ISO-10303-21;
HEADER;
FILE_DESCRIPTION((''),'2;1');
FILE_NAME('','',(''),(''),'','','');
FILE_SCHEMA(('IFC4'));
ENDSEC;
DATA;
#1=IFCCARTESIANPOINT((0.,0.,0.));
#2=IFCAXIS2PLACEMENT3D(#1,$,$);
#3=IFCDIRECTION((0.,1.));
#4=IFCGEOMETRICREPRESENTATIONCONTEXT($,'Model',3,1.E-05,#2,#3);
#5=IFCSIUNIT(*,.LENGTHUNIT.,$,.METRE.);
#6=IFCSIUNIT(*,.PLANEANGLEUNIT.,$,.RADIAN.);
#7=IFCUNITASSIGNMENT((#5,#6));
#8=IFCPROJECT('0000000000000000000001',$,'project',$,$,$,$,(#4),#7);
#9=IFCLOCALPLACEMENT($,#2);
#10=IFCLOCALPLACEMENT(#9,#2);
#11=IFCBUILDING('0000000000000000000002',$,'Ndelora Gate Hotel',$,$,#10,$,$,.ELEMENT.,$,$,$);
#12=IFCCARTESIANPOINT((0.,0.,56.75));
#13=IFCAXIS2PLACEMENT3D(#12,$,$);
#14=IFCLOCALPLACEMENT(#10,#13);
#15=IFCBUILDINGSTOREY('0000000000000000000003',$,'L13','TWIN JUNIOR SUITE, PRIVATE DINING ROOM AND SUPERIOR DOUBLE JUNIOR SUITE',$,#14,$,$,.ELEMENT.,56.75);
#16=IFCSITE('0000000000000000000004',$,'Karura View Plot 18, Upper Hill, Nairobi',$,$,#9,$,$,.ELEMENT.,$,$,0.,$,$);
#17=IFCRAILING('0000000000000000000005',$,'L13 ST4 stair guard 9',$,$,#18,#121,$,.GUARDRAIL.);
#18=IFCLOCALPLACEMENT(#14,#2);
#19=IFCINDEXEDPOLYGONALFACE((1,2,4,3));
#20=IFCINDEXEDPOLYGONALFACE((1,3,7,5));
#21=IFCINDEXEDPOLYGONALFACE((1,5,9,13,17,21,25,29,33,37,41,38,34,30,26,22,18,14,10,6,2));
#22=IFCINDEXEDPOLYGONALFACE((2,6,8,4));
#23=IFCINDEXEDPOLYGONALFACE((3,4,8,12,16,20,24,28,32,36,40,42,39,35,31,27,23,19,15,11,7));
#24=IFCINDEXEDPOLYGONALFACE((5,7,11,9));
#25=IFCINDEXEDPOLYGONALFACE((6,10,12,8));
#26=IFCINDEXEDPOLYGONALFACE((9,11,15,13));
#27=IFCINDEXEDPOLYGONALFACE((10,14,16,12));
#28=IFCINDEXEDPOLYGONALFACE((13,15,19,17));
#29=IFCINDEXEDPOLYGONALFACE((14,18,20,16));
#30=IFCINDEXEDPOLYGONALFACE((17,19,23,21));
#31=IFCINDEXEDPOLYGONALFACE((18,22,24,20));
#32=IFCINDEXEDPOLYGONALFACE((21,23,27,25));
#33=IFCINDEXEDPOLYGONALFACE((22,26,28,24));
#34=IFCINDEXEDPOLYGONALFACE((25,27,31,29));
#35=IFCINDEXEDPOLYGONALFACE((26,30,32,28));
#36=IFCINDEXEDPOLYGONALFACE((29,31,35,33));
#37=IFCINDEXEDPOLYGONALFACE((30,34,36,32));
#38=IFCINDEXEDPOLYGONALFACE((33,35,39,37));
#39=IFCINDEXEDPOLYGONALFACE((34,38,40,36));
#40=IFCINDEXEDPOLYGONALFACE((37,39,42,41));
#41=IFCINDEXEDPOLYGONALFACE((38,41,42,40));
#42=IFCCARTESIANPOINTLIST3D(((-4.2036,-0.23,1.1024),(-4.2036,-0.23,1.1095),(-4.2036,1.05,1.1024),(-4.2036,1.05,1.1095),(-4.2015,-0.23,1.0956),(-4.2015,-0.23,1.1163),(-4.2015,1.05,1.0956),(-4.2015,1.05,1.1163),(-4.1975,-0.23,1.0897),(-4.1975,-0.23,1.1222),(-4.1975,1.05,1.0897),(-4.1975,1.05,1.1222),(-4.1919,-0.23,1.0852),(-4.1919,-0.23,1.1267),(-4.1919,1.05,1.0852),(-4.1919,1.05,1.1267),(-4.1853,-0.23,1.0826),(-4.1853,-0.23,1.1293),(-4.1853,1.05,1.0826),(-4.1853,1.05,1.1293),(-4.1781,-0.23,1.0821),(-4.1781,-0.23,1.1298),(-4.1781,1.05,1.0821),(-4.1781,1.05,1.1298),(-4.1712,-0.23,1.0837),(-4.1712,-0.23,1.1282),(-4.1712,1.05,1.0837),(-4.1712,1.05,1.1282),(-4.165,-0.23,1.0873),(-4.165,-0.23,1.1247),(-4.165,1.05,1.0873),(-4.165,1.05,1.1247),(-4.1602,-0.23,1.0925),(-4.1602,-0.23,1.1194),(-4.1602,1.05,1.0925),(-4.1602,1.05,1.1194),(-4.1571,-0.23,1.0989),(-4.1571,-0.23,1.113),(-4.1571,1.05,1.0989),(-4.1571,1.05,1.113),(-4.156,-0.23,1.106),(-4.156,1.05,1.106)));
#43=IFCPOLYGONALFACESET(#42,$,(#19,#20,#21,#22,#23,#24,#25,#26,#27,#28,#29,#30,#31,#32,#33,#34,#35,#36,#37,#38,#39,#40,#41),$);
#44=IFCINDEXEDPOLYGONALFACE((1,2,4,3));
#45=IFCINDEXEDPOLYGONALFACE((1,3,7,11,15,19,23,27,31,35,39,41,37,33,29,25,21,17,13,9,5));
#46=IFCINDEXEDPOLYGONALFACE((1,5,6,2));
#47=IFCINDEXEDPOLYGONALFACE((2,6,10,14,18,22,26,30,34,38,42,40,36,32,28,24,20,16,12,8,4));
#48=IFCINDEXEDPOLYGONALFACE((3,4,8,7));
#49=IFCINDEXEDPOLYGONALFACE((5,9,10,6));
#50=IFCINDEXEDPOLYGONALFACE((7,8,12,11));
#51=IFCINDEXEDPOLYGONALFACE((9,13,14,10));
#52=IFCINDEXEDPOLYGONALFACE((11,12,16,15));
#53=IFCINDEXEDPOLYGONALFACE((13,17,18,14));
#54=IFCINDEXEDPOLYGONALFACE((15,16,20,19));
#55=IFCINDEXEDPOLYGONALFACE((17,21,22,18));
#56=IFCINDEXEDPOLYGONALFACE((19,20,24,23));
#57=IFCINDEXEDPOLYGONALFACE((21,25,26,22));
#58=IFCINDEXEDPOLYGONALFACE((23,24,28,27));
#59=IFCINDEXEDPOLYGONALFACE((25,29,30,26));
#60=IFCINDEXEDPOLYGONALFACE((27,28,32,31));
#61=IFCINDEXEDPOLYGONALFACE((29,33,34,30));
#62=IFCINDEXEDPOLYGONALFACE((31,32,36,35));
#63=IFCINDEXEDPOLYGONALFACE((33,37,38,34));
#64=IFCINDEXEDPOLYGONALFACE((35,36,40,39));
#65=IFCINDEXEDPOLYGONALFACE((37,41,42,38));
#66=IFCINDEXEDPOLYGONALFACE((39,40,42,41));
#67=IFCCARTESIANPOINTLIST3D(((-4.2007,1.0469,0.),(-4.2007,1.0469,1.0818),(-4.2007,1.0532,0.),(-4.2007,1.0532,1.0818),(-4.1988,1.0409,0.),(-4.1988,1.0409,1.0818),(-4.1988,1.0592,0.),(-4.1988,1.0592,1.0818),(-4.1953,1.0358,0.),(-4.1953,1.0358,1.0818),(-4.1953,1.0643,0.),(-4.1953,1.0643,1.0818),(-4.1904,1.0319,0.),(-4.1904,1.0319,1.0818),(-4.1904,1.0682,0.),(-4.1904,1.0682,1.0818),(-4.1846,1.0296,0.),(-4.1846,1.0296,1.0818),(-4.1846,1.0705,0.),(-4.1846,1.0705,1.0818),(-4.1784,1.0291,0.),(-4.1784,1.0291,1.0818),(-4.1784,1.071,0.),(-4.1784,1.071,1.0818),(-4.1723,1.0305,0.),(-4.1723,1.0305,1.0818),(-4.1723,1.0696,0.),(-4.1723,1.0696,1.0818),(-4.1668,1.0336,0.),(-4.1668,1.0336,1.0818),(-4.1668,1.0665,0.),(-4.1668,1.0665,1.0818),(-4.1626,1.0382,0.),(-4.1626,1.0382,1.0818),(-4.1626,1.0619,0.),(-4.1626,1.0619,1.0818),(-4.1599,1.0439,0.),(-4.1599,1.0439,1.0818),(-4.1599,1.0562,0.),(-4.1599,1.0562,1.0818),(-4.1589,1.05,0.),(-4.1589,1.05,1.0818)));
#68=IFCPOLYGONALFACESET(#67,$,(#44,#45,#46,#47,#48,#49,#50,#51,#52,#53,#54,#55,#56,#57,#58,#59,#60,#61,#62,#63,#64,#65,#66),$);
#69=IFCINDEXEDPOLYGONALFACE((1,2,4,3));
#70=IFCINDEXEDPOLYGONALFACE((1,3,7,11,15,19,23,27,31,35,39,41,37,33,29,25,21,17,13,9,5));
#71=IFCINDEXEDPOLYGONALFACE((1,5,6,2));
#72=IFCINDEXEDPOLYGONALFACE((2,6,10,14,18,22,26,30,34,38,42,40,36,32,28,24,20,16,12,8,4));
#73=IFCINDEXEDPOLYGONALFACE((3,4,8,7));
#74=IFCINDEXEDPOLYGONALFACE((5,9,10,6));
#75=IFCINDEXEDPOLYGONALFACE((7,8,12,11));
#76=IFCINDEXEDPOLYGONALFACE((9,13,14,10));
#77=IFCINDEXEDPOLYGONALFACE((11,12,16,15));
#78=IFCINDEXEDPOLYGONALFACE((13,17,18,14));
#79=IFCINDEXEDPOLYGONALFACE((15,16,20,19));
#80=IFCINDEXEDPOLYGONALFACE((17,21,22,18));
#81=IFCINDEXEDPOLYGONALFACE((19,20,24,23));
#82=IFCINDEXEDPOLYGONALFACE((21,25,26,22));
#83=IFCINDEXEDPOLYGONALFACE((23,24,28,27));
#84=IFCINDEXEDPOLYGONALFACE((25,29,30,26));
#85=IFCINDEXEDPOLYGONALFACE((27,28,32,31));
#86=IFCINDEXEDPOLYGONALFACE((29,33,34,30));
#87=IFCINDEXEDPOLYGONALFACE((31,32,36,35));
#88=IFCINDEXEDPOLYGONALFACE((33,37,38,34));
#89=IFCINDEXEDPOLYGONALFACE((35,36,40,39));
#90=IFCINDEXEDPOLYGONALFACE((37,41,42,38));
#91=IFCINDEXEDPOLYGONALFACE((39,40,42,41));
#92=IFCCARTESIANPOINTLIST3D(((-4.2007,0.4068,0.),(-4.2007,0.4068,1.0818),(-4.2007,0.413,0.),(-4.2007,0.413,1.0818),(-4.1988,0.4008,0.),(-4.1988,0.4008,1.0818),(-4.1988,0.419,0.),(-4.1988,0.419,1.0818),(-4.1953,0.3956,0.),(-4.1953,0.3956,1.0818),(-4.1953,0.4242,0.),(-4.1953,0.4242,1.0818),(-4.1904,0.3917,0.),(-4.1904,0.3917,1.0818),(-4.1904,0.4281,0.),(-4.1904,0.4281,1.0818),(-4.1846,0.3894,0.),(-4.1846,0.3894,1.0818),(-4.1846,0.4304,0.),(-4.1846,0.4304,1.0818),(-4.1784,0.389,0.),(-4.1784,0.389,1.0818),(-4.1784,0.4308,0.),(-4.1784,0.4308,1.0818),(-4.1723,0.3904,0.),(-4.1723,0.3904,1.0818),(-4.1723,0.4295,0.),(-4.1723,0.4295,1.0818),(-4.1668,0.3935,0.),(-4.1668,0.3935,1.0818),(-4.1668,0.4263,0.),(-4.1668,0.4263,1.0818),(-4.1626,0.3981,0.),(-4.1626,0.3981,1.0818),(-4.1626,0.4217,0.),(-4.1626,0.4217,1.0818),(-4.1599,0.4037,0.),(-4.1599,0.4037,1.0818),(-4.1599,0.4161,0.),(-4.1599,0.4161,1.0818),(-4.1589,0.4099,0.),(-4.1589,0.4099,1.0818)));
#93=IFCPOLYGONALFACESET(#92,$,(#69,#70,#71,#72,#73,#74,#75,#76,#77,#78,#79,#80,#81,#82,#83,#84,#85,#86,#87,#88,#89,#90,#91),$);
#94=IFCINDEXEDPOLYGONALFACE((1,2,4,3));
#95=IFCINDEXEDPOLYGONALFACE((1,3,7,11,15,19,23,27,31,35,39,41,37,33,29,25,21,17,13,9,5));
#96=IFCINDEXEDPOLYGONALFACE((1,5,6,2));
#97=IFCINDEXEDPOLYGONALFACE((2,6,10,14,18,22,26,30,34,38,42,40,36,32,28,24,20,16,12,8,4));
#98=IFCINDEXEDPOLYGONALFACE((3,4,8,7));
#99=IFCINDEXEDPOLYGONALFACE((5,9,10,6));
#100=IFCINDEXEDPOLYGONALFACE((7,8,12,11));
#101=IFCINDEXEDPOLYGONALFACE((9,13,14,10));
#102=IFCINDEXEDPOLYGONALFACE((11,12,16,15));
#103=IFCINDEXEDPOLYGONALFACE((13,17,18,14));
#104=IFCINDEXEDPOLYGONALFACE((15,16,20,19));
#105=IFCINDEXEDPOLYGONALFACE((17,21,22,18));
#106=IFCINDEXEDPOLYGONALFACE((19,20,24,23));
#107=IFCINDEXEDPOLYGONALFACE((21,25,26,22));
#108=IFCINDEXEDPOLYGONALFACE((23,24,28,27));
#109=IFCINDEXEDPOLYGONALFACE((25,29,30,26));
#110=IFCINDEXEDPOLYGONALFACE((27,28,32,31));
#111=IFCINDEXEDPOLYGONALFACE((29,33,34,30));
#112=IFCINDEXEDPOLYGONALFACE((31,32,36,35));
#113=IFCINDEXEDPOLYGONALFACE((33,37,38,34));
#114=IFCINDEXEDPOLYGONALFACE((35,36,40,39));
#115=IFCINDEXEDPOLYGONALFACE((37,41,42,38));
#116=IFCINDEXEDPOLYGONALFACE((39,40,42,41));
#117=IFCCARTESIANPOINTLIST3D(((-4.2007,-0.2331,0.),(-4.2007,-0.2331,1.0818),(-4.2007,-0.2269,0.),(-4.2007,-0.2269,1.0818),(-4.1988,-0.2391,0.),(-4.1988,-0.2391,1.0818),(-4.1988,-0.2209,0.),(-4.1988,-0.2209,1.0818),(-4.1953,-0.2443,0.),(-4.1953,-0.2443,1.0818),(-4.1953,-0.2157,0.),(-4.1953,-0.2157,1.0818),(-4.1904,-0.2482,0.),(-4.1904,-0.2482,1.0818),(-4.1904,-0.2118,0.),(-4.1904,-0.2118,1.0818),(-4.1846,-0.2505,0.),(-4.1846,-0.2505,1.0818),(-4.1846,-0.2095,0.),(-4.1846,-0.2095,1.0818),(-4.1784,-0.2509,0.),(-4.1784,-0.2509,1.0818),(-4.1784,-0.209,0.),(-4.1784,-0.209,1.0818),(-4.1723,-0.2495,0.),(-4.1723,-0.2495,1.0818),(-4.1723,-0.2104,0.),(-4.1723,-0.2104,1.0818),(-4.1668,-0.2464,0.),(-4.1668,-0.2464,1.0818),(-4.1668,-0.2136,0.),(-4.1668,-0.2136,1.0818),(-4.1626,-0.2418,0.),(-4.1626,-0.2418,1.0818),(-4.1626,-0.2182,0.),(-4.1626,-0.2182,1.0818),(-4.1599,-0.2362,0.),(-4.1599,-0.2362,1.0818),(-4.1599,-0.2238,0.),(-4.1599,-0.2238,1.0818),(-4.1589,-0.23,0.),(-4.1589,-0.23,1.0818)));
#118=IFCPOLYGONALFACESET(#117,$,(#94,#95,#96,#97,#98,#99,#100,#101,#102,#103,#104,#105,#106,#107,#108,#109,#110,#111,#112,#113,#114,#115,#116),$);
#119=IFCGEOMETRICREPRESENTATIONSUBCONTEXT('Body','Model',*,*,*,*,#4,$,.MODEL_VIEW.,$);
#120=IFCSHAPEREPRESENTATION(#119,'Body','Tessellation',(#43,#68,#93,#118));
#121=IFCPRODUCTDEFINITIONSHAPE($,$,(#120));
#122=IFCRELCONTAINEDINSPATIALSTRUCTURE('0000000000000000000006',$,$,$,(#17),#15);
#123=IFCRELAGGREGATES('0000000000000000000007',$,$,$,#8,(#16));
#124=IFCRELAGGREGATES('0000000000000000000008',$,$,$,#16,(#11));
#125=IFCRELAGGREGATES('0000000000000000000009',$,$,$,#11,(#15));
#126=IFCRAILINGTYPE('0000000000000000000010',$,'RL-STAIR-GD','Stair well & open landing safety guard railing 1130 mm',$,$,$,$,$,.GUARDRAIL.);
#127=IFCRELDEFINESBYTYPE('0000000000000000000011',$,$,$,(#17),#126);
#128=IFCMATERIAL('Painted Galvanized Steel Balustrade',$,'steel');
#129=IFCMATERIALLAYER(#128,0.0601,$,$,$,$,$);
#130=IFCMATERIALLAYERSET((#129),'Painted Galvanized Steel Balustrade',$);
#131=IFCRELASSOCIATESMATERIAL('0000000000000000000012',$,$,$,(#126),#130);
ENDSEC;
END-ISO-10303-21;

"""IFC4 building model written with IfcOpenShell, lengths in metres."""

from ifc_helpers import new_model, si_unit, direction, frame, origin, origin_2d, place, context, subcontext, project, spatial, circle, extrude, material, layer, layer_set, type_object, element, save


model = new_model("IFC4")

# Units and contexts
model_context = context("Model", 3, precision=1e-05, world=origin(), true_north=direction((0.0, 1.0)))
body_context = subcontext(model_context, "Body", "Model", "MODEL_VIEW")
ifc_project = project(units=[si_unit("LENGTHUNIT", "METRE"), si_unit("PLANEANGLEUNIT", "RADIAN")], contexts=[model_context])

# Site, building, storey
site_placement = place(None, origin())
site = spatial("IfcSite", under=ifc_project, at=site_placement, Name="Karura View Plot 18, Upper Hill, Nairobi", CompositionType="ELEMENT", RefElevation=0.0)
building_placement = place(site_placement, origin())
building = spatial("IfcBuilding", under=site, at=building_placement, Name="Ndelora Gate Hotel", CompositionType="ELEMENT")
storey_placement = place(building_placement, frame((0.0, 0.0, 56.75)))
storey = spatial("IfcBuildingStorey", under=building, at=storey_placement, Name="L13", Description="TWIN JUNIOR SUITE, PRIVATE DINING ROOM AND SUPERIOR DOUBLE JUNIOR SUITE", CompositionType="ELEMENT", Elevation=56.75)

# Railing
ifc_material_1 = material(Name="Painted Galvanized Steel Balustrade", Category="steel")
ifc_layer_1 = layer(ifc_material_1, 0.0601)
ifc_layer_set_1 = layer_set([ifc_layer_1], Name="Painted Galvanized Steel Balustrade")
railing_type = type_object("IfcRailingType", Name="RL-STAIR-GD", Description="Stair well & open landing safety guard railing 1130 mm", PredefinedType="GUARDRAIL", material=ifc_layer_set_1)
for number, where, name in (
    (1, (-4.1799, 1.05, 0.0), "L13 ST4 stair guard 9"),
):
    element("IfcRailing", number, at=place(storey_placement, frame(where)), inside=storey, type_object=railing_type, Name=name, PredefinedType="GUARDRAIL", context=body_context, shape_type="SweptSolid", body=[
        extrude(circle(Radius=0.0239, at=origin_2d()), frame((0.0, 0.0, 1.106), z_axis=(0.0, -1.0, 0.0), x_axis=(1.0, 0.0, 0.0)), (0.0, 0.0, 1.0), 1.28),
        extrude(circle(Radius=0.021, at=origin_2d()), origin(), (0.0, 0.0, 1.0), 1.0818),
        extrude(circle(Radius=0.021, at=origin_2d()), frame((0.0, -0.6401, 0.0)), (0.0, 0.0, 1.0), 1.0818),
        extrude(circle(Radius=0.021, at=origin_2d()), frame((0.0, -1.28, 0.0)), (0.0, 0.0, 1.0), 1.0818),
    ])

save(model, "model.ifc")
